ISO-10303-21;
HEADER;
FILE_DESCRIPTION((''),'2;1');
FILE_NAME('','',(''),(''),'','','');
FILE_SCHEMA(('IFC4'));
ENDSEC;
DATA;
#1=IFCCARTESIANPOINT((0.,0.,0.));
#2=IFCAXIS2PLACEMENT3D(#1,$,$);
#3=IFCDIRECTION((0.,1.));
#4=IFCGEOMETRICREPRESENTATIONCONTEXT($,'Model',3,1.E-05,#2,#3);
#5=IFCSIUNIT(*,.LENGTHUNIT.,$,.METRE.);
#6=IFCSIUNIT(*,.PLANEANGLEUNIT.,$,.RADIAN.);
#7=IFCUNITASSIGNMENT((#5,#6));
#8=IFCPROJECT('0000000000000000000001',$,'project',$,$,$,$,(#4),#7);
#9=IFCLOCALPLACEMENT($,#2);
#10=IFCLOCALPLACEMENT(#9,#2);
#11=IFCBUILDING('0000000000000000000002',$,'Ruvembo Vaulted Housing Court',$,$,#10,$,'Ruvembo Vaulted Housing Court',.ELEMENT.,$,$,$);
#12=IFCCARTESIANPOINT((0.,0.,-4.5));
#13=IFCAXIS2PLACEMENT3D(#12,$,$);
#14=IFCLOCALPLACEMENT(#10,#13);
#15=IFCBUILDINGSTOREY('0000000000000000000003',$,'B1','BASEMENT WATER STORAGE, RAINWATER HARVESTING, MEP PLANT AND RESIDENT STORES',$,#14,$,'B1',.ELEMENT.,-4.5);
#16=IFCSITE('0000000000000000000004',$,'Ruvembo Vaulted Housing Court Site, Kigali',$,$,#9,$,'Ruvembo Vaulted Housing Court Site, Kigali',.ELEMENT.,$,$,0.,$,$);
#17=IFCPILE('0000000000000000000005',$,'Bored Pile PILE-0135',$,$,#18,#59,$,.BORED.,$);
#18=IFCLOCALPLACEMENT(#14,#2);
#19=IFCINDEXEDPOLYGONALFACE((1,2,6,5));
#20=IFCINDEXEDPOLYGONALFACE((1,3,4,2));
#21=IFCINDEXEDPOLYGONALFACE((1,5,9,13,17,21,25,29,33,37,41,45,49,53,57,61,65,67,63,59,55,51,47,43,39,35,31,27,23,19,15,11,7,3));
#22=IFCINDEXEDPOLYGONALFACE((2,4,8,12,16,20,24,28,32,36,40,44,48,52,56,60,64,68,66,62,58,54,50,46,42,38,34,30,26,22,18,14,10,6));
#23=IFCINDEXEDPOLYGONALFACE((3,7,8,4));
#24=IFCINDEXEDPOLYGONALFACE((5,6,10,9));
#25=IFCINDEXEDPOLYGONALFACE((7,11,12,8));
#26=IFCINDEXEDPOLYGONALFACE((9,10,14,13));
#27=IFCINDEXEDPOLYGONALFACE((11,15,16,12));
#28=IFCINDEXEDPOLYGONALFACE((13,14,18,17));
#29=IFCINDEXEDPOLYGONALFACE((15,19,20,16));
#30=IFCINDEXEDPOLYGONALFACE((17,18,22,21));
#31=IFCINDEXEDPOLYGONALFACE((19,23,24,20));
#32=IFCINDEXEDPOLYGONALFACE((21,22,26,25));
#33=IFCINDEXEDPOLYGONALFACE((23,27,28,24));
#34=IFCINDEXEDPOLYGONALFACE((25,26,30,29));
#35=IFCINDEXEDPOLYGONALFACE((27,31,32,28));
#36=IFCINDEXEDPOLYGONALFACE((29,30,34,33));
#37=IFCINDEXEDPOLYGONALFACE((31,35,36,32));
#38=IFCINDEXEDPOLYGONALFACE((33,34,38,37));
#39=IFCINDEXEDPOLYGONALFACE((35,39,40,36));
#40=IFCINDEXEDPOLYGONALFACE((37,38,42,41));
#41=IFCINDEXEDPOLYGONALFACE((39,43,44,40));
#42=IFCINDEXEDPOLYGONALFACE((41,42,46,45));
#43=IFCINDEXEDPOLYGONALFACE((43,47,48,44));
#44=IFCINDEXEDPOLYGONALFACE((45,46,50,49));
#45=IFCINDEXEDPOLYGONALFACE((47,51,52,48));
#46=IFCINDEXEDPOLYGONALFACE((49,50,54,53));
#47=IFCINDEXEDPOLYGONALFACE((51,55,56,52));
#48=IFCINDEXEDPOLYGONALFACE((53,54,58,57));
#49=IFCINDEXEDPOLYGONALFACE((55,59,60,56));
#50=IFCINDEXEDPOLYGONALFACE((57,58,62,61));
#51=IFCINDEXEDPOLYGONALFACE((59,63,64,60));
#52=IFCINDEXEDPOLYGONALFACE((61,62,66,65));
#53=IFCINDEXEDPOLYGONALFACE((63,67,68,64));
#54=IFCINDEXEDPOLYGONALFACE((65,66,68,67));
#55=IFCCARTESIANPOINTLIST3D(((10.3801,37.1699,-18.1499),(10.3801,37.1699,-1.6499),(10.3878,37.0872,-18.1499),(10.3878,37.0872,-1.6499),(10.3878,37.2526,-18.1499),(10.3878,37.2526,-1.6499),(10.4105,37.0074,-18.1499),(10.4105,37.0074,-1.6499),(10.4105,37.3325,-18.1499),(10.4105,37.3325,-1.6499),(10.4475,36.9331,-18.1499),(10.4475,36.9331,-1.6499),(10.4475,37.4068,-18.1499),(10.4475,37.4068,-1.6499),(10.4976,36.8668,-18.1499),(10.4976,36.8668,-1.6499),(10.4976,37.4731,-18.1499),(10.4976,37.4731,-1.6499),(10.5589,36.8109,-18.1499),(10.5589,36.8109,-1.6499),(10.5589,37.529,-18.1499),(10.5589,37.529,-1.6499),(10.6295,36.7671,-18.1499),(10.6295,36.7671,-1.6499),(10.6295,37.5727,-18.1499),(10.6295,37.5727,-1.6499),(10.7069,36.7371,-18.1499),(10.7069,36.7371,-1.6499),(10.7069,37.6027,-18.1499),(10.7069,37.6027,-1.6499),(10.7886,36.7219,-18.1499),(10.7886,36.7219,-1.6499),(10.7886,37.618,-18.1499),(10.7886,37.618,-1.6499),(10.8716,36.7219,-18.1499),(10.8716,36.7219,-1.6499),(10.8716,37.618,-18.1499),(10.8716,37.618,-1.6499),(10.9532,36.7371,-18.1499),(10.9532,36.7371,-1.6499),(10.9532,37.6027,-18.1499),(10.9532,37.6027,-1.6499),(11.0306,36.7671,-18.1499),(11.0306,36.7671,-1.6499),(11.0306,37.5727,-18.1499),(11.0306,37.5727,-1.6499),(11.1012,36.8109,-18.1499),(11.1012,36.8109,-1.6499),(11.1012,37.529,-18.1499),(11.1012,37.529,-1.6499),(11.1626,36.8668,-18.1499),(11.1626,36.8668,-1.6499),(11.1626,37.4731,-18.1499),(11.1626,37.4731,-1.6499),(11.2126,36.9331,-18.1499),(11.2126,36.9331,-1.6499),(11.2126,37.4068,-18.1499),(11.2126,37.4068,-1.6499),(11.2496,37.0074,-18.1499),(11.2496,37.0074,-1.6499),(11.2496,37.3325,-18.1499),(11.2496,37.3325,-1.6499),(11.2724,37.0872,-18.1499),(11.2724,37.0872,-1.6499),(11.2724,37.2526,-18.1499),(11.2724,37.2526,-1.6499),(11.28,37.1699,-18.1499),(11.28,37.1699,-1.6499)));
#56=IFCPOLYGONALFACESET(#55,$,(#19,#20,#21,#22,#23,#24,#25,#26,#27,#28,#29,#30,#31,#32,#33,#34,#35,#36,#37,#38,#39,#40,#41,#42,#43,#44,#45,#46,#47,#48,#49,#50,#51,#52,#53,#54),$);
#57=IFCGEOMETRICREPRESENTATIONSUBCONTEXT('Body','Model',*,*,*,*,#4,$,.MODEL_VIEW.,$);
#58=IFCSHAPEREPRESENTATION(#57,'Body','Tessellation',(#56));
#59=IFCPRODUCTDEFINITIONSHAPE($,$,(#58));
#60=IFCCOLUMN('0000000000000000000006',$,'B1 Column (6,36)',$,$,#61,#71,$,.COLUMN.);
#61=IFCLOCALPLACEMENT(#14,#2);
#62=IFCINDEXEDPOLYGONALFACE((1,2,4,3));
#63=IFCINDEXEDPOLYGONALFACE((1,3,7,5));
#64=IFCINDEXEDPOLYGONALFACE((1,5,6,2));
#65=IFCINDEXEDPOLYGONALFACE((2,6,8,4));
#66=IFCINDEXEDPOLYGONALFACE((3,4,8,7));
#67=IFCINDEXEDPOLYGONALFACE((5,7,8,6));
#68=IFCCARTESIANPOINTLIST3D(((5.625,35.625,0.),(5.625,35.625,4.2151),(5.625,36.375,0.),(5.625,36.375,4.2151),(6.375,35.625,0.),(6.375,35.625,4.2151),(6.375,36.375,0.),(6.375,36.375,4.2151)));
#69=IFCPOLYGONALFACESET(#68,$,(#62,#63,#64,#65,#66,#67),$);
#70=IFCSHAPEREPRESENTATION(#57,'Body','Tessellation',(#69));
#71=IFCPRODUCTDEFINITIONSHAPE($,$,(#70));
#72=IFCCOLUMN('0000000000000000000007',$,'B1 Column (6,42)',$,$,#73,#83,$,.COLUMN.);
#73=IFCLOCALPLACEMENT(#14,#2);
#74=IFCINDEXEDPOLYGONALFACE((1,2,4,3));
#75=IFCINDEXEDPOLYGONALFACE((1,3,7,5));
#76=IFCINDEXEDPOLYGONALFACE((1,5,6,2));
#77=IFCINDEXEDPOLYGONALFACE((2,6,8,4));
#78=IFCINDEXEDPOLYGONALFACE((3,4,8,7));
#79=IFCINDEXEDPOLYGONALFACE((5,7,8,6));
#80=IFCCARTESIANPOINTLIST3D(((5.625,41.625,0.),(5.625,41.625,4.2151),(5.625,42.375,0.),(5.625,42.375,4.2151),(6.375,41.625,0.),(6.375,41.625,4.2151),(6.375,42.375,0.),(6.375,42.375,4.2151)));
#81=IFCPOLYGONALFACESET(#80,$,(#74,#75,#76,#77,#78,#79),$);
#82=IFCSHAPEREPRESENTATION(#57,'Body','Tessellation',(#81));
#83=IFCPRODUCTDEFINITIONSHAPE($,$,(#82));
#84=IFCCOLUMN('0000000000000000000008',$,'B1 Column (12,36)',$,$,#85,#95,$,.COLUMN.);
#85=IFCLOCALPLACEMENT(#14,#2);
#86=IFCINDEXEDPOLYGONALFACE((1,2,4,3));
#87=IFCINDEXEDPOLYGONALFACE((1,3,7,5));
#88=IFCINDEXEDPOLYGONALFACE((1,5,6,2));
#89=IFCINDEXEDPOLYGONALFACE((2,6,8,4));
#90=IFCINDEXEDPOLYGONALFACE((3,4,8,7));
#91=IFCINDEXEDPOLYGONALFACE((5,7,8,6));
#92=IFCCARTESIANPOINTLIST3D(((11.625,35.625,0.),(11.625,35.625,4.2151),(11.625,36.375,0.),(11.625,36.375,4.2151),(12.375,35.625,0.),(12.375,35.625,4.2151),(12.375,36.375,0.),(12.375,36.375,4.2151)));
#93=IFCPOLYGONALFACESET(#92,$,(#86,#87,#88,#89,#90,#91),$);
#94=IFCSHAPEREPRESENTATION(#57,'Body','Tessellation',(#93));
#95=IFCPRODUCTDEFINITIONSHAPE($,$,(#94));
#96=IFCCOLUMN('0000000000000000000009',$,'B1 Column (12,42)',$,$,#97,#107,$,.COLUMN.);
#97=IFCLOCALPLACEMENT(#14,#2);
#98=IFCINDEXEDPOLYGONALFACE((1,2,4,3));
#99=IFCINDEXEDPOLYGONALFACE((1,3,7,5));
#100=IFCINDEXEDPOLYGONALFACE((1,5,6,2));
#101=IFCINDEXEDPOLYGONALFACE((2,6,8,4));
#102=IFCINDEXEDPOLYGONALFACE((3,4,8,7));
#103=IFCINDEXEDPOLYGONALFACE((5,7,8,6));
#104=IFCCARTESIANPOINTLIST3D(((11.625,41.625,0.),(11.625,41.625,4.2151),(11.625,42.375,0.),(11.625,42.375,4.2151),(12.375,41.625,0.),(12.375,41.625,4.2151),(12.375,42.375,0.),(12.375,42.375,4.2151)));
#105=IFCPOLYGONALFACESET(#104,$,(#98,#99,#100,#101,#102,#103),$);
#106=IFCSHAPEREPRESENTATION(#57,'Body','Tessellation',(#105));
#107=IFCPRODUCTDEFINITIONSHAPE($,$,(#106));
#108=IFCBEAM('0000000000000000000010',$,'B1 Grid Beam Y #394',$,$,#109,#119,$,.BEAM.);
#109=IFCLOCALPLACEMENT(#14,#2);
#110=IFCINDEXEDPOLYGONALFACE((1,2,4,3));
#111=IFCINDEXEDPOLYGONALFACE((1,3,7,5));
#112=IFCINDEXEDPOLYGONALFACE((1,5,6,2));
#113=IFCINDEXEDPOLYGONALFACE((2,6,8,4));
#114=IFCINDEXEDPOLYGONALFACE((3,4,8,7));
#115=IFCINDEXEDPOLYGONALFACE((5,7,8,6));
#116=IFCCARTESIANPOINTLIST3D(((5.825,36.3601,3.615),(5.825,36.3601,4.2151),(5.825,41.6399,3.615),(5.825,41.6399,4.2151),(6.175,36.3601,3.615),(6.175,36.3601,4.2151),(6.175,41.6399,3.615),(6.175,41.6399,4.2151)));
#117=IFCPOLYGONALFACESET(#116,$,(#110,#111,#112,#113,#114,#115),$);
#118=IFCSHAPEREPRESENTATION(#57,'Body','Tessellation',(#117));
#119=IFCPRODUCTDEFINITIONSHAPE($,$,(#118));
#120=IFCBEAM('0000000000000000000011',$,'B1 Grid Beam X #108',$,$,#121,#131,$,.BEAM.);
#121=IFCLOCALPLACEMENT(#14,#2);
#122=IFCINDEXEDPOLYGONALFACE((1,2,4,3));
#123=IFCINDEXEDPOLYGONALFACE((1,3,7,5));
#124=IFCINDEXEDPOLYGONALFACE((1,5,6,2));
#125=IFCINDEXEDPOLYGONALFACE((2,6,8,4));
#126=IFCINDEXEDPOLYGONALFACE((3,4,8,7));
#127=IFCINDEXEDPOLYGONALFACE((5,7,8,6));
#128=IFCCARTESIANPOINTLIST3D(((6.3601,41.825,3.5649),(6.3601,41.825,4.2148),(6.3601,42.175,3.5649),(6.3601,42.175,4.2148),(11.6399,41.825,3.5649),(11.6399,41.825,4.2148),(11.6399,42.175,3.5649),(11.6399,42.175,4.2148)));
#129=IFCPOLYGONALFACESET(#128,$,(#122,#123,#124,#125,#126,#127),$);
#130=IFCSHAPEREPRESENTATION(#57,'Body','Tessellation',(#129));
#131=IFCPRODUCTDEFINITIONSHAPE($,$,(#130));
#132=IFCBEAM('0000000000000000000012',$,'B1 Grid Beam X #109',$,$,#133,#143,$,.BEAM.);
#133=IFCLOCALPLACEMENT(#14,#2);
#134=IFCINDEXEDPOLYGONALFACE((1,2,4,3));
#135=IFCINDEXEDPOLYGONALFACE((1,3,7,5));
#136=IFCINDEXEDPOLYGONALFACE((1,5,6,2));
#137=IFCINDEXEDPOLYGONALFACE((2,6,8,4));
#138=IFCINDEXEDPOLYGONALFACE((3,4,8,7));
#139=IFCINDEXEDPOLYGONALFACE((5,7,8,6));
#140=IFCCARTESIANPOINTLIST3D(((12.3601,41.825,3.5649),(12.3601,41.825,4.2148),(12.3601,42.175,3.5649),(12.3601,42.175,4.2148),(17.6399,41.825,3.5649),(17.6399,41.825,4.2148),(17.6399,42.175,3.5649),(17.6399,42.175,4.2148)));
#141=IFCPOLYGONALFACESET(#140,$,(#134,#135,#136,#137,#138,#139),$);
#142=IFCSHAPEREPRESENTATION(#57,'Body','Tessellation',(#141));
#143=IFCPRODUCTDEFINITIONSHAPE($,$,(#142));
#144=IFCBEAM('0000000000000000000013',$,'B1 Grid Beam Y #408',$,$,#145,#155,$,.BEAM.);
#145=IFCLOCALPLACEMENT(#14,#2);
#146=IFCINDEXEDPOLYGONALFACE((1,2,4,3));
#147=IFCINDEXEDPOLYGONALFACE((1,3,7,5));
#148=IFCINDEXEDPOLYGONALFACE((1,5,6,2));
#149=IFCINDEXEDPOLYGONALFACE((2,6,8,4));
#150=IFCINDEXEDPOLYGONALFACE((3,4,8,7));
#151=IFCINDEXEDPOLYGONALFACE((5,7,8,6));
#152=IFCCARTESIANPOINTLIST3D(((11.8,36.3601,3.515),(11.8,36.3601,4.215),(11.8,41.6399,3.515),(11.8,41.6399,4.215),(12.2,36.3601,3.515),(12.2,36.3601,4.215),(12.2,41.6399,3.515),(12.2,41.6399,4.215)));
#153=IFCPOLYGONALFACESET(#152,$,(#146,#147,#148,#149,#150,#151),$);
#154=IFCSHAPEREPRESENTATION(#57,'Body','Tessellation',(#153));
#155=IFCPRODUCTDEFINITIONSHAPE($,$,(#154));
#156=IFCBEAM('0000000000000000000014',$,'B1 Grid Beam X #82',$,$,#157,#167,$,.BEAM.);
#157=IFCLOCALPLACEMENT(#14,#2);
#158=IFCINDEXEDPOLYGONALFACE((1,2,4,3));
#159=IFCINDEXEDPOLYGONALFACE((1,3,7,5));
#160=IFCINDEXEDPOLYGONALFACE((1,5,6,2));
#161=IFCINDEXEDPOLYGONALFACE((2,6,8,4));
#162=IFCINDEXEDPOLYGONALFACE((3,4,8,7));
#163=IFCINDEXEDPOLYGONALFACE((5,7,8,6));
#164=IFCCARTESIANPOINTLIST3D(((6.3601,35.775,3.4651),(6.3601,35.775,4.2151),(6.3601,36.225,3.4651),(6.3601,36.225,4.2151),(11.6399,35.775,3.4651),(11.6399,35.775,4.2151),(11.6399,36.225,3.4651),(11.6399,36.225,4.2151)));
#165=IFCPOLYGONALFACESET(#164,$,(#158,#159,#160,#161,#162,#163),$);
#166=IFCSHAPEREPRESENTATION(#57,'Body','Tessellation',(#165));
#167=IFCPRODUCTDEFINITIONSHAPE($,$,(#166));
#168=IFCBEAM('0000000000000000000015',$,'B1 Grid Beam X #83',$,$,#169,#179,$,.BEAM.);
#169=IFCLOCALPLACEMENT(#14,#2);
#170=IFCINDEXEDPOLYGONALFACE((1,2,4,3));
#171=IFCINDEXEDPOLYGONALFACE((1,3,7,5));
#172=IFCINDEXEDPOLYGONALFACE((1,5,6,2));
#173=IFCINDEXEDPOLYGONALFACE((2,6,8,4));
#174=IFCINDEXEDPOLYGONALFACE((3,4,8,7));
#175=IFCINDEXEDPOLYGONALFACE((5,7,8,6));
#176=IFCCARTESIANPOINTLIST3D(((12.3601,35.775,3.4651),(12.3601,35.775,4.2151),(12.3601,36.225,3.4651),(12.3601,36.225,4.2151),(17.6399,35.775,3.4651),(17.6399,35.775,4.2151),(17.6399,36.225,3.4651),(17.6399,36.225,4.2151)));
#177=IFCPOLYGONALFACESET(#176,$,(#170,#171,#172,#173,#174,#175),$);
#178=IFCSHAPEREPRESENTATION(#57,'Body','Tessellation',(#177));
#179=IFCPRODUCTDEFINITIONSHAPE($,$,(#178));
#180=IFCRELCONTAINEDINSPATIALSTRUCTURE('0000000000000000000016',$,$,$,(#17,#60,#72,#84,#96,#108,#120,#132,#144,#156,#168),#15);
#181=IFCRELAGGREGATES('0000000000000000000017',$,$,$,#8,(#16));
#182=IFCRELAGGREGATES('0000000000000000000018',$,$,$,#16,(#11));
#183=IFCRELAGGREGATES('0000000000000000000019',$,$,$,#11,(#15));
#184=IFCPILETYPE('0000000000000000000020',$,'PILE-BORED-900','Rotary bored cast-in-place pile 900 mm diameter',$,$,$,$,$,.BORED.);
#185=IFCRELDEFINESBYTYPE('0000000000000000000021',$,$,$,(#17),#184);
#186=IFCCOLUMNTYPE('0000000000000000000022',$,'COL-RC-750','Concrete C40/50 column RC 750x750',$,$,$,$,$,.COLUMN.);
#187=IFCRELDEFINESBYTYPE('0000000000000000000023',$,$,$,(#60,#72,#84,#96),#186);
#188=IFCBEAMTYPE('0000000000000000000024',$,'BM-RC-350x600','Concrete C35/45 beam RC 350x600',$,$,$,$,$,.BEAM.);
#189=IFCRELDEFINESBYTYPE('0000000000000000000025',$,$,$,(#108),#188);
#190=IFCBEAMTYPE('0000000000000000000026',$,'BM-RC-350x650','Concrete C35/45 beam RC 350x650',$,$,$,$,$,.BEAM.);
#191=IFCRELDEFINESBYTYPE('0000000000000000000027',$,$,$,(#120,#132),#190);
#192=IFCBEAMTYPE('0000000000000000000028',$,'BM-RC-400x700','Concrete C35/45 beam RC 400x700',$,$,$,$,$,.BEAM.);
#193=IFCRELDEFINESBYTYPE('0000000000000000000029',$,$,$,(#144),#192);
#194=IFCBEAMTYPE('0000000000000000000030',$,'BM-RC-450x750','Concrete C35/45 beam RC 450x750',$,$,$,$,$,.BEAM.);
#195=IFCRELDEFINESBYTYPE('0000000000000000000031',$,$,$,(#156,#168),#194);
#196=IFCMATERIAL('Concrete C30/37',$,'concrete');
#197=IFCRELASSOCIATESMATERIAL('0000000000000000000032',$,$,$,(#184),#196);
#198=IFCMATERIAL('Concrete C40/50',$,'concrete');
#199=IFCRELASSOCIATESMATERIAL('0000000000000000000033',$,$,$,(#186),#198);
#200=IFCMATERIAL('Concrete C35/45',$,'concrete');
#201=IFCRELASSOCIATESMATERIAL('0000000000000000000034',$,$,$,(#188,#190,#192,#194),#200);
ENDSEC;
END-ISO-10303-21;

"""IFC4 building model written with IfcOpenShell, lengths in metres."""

from ifc_helpers import new_model, si_unit, direction, frame, origin, origin_2d, place, context, subcontext, project, spatial, rectangle, circle, extrude, material, material_profile, profile_set, type_object, element, save


model = new_model("IFC4")

# Units and contexts
model_context = context("Model", 3, precision=1e-05, world=origin(), true_north=direction((0.0, 1.0)))
body_context = subcontext(model_context, "Body", "Model", "MODEL_VIEW")
ifc_project = project(units=[si_unit("LENGTHUNIT", "METRE"), si_unit("PLANEANGLEUNIT", "RADIAN")], contexts=[model_context])

# Site, building, storey
site_placement = place(None, origin())
site = spatial("IfcSite", under=ifc_project, at=site_placement, Name="Ruvembo Vaulted Housing Court Site, Kigali", LongName="Ruvembo Vaulted Housing Court Site, Kigali", CompositionType="ELEMENT", RefElevation=0.0)
building_placement = place(site_placement, origin())
building = spatial("IfcBuilding", under=site, at=building_placement, Name="Ruvembo Vaulted Housing Court", LongName="Ruvembo Vaulted Housing Court", CompositionType="ELEMENT")
storey_placement = place(building_placement, frame((0.0, 0.0, -4.5)))
storey = spatial("IfcBuildingStorey", under=building, at=storey_placement, Name="B1", Description="BASEMENT WATER STORAGE, RAINWATER HARVESTING, MEP PLANT AND RESIDENT STORES", LongName="B1", CompositionType="ELEMENT", Elevation=-4.5)

# Shared definitions
ifc_material_1 = material(Name="Concrete C35/45", Category="concrete")

# Pile
ifc_material_2 = material(Name="Concrete C30/37", Category="concrete")
ifc_material_profile_1 = material_profile(ifc_material_2, circle(Radius=0.45, at=origin_2d()), Name="PILE D900")
ifc_profile_set_1 = profile_set([ifc_material_profile_1], Name="Concrete C30/37")
pile_type_1 = type_object("IfcPileType", Name="PILE-BORED-900", Description="Rotary bored cast-in-place pile 900 mm diameter", PredefinedType="BORED", material=ifc_profile_set_1)
for number, where, z_axis, x_axis, name in (
    (1, (10.8301, 37.1699, -1.6499), (0.0, 0.0, -1.0), (1.0, 0.0, 0.0), "Bored Pile PILE-0135"),
):
    element("IfcPile", number, at=place(storey_placement, frame(where, z_axis=z_axis, x_axis=x_axis)), inside=storey, type_object=pile_type_1, Name=name, PredefinedType="BORED", context=body_context, shape_type="SweptSolid", body=[
        extrude(circle(Radius=0.45, at=origin_2d()), origin(), (0.0, 0.0, 1.0), 16.5),
    ])

# Columns
ifc_material_3 = material(Name="Concrete C40/50", Category="concrete")
ifc_material_profile_2 = material_profile(ifc_material_3, rectangle(XDim=0.75, YDim=0.75, at=origin_2d()), Name="RC 750x750")
ifc_profile_set_2 = profile_set([ifc_material_profile_2], Name="Concrete C40/50")
column_type = type_object("IfcColumnType", Name="COL-RC-750", Description="Concrete C40/50 column RC 750x750", PredefinedType="COLUMN", material=ifc_profile_set_2)
for number, where, z_axis, x_axis, name in (
    (2, (6.0, 36.0, 0.0), (0.0, 0.0, 1.0), (1.0, 0.0, 0.0), "B1 Column (6,36)"),
    (3, (6.0, 42.0, 0.0), (0.0, 0.0, 1.0), (1.0, 0.0, 0.0), "B1 Column (6,42)"),
    (4, (12.0, 36.0, 0.0), (0.0, 0.0, 1.0), (1.0, 0.0, 0.0), "B1 Column (12,36)"),
    (5, (12.0, 42.0, 0.0), (0.0, 0.0, 1.0), (1.0, 0.0, 0.0), "B1 Column (12,42)"),
):
    element("IfcColumn", number, at=place(storey_placement, frame(where, z_axis=z_axis, x_axis=x_axis)), inside=storey, type_object=column_type, Name=name, PredefinedType="COLUMN", context=body_context, shape_type="SweptSolid", body=[
        extrude(rectangle(XDim=0.75, YDim=0.75, at=origin_2d()), origin(), (0.0, 0.0, 1.0), 4.2151),
    ])

# Beams
ifc_material_profile_3 = material_profile(ifc_material_1, rectangle(XDim=0.3501, YDim=0.6001, at=origin_2d()), Name="RC 350x600")
ifc_profile_set_3 = profile_set([ifc_material_profile_3], Name="Concrete C35/45")
beam_type_1 = type_object("IfcBeamType", Name="BM-RC-350x600", Description="Concrete C35/45 beam RC 350x600", PredefinedType="BEAM", material=ifc_profile_set_3)
beam_1_placement = place(storey_placement, frame((6.0, 36.3601, 3.915), z_axis=(0.0, 1.0, 0.0), x_axis=(-1.0, 0.0, 0.0)))
element("IfcBeam", 6, at=beam_1_placement, inside=storey, type_object=beam_type_1, Name="B1 Grid Beam Y #394", PredefinedType="BEAM", context=body_context, shape_type="SweptSolid", body=[
    extrude(rectangle(XDim=0.3501, YDim=0.6001, at=origin_2d()), origin(), (0.0, 0.0, 1.0), 5.2798),
])
ifc_material_profile_4 = material_profile(ifc_material_1, rectangle(XDim=0.3501, YDim=0.6499, at=origin_2d()), Name="RC 350x650")
ifc_profile_set_4 = profile_set([ifc_material_profile_4], Name="Concrete C35/45")
beam_type_2 = type_object("IfcBeamType", Name="BM-RC-350x650", Description="Concrete C35/45 beam RC 350x650", PredefinedType="BEAM", material=ifc_profile_set_4)
for number, where, z_axis, x_axis, name in (
    (7, (6.3601, 42.0, 3.8899), (1.0, 0.0, 0.0), (0.0, 1.0, 0.0), "B1 Grid Beam X #108"),
    (8, (12.3601, 42.0, 3.8899), (1.0, 0.0, 0.0), (0.0, 1.0, 0.0), "B1 Grid Beam X #109"),
):
    element("IfcBeam", number, at=place(storey_placement, frame(where, z_axis=z_axis, x_axis=x_axis)), inside=storey, type_object=beam_type_2, Name=name, PredefinedType="BEAM", context=body_context, shape_type="SweptSolid", body=[
        extrude(rectangle(XDim=0.3501, YDim=0.6499, at=origin_2d()), origin(), (0.0, 0.0, 1.0), 5.2798),
    ])
ifc_material_profile_5 = material_profile(ifc_material_1, rectangle(XDim=0.3999, YDim=0.7, at=origin_2d()), Name="RC 400x700")
ifc_profile_set_5 = profile_set([ifc_material_profile_5], Name="Concrete C35/45")
beam_type_3 = type_object("IfcBeamType", Name="BM-RC-400x700", Description="Concrete C35/45 beam RC 400x700", PredefinedType="BEAM", material=ifc_profile_set_5)
beam_2_placement = place(storey_placement, frame((12.0, 36.3601, 3.865), z_axis=(0.0, 1.0, 0.0), x_axis=(-1.0, 0.0, 0.0)))
element("IfcBeam", 9, at=beam_2_placement, inside=storey, type_object=beam_type_3, Name="B1 Grid Beam Y #408", PredefinedType="BEAM", context=body_context, shape_type="SweptSolid", body=[
    extrude(rectangle(XDim=0.3999, YDim=0.7, at=origin_2d()), origin(), (0.0, 0.0, 1.0), 5.2798),
])
ifc_material_profile_6 = material_profile(ifc_material_1, rectangle(XDim=0.45, YDim=0.75, at=origin_2d()), Name="RC 450x750")
ifc_profile_set_6 = profile_set([ifc_material_profile_6], Name="Concrete C35/45")
beam_type_4 = type_object("IfcBeamType", Name="BM-RC-450x750", Description="Concrete C35/45 beam RC 450x750", PredefinedType="BEAM", material=ifc_profile_set_6)
for number, where, z_axis, x_axis, name in (
    (10, (6.3601, 36.0, 3.8401), (1.0, 0.0, 0.0), (0.0, 1.0, 0.0), "B1 Grid Beam X #82"),
    (11, (12.3601, 36.0, 3.8401), (1.0, 0.0, 0.0), (0.0, 1.0, 0.0), "B1 Grid Beam X #83"),
):
    element("IfcBeam", number, at=place(storey_placement, frame(where, z_axis=z_axis, x_axis=x_axis)), inside=storey, type_object=beam_type_4, Name=name, PredefinedType="BEAM", context=body_context, shape_type="SweptSolid", body=[
        extrude(rectangle(XDim=0.45, YDim=0.75, at=origin_2d()), origin(), (0.0, 0.0, 1.0), 5.2798),
    ])

save(model, "model.ifc")
